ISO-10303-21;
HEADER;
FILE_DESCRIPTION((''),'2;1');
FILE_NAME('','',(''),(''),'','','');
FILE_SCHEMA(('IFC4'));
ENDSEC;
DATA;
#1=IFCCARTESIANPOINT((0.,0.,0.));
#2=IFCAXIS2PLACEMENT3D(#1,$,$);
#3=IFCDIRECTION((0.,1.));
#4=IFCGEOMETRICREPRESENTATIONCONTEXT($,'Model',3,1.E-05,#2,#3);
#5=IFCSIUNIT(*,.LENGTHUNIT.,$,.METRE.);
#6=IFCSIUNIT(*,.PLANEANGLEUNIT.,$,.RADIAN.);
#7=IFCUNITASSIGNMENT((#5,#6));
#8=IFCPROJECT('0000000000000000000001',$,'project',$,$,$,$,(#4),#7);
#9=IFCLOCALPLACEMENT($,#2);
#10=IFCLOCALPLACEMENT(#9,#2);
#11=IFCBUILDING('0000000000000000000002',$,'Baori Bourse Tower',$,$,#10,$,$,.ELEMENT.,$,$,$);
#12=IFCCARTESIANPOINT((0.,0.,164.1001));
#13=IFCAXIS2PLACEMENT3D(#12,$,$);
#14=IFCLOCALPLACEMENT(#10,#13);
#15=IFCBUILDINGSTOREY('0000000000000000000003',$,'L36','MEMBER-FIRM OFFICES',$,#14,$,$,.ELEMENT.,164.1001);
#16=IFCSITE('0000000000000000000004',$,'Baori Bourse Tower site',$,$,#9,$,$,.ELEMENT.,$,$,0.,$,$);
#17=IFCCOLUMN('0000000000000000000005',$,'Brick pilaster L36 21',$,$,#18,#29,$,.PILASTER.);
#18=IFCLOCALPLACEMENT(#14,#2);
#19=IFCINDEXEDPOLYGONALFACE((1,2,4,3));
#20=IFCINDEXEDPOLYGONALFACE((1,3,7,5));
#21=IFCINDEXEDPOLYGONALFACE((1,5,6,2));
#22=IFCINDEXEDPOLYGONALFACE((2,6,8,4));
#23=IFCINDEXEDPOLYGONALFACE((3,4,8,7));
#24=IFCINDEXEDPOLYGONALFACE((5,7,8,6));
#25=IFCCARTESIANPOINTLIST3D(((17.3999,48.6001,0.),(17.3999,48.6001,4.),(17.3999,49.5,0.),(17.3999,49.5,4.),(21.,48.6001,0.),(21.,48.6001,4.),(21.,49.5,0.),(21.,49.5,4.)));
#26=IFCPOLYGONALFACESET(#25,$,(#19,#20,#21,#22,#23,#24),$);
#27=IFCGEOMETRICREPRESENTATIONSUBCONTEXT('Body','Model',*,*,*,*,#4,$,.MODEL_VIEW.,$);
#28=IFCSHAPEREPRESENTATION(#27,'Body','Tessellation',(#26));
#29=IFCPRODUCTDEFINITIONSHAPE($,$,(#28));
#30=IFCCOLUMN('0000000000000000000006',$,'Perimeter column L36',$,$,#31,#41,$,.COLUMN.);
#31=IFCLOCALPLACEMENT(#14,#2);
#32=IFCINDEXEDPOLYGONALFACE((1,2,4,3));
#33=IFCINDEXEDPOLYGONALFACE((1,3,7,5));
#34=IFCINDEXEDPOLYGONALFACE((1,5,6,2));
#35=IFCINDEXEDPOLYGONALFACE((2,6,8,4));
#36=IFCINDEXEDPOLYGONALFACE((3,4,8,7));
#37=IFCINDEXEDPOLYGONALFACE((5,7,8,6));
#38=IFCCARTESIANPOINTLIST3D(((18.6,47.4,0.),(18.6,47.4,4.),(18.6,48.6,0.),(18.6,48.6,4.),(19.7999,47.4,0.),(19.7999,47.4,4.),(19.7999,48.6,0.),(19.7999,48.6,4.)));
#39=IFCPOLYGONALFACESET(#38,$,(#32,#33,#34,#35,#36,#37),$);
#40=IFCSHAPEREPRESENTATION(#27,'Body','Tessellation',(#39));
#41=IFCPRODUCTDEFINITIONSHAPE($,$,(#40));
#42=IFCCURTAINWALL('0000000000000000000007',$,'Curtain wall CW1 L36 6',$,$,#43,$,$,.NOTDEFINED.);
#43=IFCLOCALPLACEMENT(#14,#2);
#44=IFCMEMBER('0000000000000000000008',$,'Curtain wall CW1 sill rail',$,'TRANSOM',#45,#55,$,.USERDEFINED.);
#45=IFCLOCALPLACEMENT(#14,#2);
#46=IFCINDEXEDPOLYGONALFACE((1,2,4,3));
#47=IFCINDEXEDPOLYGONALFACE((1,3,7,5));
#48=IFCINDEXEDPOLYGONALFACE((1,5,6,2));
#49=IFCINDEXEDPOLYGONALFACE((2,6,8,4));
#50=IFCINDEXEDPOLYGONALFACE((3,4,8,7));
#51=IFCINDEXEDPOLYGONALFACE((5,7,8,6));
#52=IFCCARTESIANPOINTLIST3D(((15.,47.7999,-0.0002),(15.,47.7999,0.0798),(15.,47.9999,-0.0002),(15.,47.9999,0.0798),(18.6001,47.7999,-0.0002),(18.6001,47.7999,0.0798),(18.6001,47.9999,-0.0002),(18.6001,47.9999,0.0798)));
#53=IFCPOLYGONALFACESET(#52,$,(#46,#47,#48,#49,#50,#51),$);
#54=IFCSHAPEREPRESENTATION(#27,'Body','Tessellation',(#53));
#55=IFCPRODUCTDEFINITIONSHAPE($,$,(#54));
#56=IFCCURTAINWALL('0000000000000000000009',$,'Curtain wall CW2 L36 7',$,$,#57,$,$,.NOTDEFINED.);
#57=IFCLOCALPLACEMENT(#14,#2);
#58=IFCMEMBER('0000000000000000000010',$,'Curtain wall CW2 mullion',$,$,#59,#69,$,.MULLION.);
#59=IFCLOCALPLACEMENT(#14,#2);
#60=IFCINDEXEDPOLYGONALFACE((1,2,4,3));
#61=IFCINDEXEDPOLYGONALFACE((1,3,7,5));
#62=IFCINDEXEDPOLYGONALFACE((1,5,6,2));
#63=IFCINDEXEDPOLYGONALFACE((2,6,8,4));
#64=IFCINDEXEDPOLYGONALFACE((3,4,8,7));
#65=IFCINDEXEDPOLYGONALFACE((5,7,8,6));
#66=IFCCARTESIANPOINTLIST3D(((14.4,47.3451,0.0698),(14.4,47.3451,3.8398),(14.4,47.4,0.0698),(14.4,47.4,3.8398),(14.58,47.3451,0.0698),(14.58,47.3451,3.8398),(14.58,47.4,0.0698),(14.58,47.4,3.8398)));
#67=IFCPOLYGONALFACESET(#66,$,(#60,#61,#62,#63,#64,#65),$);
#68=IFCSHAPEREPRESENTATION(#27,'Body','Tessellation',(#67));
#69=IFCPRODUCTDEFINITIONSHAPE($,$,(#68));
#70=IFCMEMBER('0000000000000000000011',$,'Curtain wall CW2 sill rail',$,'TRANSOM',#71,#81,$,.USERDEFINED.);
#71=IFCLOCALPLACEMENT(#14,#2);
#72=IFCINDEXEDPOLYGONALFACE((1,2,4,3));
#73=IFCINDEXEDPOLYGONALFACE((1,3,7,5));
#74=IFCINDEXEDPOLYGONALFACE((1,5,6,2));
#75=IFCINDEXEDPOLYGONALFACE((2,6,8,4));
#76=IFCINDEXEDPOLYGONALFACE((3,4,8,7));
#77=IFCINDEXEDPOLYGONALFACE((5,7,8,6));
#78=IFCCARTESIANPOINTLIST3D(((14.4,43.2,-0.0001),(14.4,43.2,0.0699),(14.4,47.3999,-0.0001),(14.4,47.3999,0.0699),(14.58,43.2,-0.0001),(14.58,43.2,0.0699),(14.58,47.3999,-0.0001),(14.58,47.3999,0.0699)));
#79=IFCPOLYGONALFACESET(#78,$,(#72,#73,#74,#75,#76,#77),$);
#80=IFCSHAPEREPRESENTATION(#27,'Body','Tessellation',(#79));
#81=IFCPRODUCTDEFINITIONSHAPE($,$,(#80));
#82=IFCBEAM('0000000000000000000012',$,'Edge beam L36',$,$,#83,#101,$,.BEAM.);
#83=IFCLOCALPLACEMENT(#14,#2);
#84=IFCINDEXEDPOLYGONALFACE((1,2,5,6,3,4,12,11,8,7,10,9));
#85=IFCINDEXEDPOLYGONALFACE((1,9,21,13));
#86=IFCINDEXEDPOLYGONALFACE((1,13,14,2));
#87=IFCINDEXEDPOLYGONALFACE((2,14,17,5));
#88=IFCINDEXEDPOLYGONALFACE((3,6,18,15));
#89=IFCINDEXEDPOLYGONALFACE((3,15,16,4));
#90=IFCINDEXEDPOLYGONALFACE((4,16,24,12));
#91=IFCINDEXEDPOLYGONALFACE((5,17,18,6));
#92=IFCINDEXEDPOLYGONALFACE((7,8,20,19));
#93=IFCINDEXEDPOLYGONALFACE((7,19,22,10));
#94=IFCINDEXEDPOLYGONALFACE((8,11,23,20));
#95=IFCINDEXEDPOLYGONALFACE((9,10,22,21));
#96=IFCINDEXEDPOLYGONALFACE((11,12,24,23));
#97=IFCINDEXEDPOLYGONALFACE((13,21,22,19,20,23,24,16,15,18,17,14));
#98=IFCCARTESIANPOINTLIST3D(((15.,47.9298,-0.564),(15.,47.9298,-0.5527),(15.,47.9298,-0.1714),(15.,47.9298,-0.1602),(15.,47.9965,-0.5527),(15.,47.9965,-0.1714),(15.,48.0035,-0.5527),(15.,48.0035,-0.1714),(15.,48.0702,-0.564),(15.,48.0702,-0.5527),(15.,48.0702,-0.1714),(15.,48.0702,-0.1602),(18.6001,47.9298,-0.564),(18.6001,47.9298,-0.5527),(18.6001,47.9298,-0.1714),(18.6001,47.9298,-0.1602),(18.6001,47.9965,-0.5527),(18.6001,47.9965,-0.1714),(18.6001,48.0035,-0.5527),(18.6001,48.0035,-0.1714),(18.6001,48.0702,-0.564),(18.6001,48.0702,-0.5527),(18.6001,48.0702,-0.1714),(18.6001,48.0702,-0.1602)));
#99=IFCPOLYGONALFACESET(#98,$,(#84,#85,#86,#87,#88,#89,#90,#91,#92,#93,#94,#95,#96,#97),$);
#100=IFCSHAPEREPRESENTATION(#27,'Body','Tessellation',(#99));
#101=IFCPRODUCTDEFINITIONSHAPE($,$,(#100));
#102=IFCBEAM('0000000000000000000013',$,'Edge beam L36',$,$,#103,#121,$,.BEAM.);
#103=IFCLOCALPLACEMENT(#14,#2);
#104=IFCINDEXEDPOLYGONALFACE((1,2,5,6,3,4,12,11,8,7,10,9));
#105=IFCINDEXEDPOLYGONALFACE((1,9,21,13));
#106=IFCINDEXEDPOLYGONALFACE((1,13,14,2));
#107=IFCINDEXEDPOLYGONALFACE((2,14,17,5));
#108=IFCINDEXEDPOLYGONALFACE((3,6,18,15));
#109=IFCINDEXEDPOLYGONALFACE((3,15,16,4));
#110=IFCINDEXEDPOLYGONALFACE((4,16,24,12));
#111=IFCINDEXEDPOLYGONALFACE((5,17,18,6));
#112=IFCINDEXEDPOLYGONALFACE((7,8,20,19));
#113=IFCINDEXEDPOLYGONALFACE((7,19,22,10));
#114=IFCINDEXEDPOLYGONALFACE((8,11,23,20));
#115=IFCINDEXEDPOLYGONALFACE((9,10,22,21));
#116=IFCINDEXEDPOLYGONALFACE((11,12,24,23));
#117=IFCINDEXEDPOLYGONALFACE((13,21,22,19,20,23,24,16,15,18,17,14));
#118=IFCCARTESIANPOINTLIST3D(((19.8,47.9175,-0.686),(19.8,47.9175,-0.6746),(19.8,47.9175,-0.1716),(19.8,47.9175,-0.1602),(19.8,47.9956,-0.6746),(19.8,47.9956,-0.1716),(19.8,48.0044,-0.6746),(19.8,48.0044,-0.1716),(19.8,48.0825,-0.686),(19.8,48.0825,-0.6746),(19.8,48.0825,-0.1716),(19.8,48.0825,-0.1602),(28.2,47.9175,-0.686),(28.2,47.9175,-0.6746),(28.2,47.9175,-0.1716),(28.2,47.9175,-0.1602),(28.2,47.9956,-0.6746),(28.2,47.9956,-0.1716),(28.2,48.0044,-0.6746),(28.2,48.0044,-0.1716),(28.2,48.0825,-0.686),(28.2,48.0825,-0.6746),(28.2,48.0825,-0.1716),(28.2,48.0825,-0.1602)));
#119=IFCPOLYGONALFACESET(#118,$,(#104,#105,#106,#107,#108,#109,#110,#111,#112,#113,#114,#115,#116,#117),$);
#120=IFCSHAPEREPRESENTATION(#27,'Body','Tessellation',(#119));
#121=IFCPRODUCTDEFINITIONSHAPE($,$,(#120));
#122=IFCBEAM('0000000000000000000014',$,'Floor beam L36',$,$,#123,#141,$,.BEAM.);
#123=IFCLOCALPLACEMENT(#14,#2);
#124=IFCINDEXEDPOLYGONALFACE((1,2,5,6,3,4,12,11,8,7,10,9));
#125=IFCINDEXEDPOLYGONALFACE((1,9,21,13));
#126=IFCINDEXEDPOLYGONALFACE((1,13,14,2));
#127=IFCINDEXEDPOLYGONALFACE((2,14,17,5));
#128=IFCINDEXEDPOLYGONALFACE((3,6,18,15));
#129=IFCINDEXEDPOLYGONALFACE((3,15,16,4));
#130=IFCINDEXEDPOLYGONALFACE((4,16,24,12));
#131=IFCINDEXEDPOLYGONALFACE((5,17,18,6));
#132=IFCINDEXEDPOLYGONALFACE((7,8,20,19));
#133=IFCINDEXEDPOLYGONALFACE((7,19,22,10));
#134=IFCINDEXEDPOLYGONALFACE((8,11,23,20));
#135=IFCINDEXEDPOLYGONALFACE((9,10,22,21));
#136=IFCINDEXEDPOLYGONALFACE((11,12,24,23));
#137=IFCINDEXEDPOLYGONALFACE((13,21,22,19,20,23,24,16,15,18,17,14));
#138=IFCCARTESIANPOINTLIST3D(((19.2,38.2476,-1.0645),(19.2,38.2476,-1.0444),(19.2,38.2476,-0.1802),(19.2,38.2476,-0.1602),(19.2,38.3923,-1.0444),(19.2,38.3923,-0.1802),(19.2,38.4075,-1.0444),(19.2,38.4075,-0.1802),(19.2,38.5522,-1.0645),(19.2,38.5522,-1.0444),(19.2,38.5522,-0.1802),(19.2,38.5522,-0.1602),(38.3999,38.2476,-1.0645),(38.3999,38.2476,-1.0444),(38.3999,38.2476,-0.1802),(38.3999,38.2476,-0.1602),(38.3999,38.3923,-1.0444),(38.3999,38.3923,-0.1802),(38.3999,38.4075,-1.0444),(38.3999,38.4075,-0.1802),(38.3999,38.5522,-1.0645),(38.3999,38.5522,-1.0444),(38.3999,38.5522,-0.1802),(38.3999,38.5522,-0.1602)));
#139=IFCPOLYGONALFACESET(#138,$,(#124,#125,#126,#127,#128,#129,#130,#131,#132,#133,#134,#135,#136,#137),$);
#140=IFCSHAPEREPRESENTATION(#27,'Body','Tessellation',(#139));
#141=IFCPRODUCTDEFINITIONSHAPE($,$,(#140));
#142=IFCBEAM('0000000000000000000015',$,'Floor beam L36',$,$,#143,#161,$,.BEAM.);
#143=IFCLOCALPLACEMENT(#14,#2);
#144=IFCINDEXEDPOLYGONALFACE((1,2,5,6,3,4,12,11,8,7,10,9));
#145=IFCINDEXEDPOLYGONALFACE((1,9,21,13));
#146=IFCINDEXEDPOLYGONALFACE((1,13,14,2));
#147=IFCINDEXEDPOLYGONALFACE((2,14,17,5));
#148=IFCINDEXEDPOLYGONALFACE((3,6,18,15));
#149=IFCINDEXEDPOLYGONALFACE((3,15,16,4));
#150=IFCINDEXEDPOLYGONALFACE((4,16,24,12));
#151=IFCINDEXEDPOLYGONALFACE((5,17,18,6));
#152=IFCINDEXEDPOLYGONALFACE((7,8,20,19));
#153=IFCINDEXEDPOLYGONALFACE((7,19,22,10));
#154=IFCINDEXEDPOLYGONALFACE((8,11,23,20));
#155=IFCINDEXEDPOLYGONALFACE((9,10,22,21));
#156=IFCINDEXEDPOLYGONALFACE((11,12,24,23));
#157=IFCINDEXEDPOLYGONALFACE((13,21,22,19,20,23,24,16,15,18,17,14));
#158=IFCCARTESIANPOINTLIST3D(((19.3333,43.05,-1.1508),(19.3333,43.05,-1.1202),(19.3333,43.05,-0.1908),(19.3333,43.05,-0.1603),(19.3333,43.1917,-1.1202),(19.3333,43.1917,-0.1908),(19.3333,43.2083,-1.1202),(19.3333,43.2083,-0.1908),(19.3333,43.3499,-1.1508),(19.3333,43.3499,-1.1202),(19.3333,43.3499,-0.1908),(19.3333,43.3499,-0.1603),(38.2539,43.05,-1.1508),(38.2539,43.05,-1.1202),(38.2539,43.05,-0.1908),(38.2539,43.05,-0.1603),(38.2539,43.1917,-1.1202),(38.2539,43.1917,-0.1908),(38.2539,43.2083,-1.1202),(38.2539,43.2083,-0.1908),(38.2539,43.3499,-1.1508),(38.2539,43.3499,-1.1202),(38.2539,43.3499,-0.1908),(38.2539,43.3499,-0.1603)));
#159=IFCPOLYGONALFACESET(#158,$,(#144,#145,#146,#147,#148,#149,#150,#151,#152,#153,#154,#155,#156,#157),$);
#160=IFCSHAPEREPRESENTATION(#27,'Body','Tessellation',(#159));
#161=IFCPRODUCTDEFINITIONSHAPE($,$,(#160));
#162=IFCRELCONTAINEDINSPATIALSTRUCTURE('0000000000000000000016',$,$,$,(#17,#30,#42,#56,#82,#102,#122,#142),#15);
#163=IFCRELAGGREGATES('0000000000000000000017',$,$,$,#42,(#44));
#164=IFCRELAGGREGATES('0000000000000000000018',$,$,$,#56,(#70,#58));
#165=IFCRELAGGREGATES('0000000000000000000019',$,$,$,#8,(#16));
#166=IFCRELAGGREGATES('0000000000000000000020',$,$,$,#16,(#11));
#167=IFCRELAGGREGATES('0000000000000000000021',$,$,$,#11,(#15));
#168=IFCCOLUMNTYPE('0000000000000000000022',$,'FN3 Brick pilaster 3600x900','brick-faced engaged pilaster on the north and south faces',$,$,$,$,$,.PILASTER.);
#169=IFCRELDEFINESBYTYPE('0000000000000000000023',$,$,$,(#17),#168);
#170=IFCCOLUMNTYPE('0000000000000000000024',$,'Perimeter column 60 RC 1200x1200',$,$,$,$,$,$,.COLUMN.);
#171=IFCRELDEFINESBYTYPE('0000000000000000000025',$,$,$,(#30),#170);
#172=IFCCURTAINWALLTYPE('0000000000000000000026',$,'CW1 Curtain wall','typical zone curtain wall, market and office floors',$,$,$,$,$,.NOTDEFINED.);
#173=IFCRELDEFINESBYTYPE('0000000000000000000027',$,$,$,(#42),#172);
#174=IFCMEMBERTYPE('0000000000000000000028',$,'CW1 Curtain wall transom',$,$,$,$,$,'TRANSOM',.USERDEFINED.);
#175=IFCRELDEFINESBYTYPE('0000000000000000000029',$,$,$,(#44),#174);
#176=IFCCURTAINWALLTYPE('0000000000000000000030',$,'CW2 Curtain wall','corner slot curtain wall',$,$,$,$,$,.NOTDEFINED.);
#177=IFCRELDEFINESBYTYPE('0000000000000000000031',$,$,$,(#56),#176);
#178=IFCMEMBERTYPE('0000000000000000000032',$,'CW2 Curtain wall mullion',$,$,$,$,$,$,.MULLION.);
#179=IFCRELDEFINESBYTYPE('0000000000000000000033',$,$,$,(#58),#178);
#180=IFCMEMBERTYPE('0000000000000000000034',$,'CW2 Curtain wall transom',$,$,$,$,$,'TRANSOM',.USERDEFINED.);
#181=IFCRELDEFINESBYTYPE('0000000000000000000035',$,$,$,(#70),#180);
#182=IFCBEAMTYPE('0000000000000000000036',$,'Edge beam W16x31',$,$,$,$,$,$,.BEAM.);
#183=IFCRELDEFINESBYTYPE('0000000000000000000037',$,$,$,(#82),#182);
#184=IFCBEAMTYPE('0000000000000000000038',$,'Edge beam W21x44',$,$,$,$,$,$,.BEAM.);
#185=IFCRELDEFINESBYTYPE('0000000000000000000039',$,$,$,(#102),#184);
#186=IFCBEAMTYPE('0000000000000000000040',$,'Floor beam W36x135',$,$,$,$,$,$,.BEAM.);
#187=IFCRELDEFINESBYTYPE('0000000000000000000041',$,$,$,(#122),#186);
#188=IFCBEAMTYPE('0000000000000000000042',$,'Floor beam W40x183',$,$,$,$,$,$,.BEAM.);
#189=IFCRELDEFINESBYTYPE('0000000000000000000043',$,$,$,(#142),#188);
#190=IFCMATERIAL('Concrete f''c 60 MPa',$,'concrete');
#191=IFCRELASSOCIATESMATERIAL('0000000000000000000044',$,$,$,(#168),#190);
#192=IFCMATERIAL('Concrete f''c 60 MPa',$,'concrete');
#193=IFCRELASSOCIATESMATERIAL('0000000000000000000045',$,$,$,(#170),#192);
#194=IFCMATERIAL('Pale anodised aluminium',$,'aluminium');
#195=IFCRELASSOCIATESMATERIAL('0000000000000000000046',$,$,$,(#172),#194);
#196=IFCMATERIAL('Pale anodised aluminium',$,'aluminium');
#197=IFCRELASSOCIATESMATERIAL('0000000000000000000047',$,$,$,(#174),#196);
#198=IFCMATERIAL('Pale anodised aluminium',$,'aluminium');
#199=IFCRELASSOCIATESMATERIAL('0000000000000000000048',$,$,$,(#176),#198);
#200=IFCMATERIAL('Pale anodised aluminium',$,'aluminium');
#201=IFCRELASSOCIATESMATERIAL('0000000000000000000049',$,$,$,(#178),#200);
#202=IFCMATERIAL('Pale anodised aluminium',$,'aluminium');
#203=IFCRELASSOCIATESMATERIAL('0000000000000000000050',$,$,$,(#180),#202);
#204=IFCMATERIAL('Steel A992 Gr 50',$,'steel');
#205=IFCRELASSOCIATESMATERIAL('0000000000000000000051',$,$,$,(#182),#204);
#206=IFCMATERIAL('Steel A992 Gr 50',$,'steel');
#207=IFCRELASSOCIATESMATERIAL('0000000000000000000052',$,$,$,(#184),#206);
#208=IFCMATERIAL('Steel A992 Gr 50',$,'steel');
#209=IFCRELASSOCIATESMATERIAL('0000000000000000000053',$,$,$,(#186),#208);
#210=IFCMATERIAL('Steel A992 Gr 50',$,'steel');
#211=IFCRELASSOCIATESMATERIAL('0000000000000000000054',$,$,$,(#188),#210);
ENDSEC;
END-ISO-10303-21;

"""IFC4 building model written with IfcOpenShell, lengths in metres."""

from ifc_helpers import new_model, si_unit, direction, frame, origin, origin_2d, place, context, subcontext, project, spatial, rectangle, i_section, extrude, material, material_profile, profile_set, type_object, element, aggregate, save


model = new_model("IFC4")

# Units and contexts
model_context = context("Model", 3, precision=1e-05, world=origin(), true_north=direction((0.0, 1.0)))
body_context = subcontext(model_context, "Body", "Model", "MODEL_VIEW")
ifc_project = project(units=[si_unit("LENGTHUNIT", "METRE"), si_unit("PLANEANGLEUNIT", "RADIAN")], contexts=[model_context])

# Site, building, storey
site_placement = place(None, origin())
site = spatial("IfcSite", under=ifc_project, at=site_placement, Name="Baori Bourse Tower site", CompositionType="ELEMENT", RefElevation=0.0)
building_placement = place(site_placement, origin())
building = spatial("IfcBuilding", under=site, at=building_placement, Name="Baori Bourse Tower", CompositionType="ELEMENT")
storey_placement = place(building_placement, frame((0.0, 0.0, 164.1001)))
storey = spatial("IfcBuildingStorey", under=building, at=storey_placement, Name="L36", Description="MEMBER-FIRM OFFICES", CompositionType="ELEMENT", Elevation=164.1001)

# Columns
ifc_material_1 = material(Name="Concrete f'c 60 MPa", Category="concrete")
ifc_material_profile_1 = material_profile(ifc_material_1, rectangle(XDim=3.6001, YDim=0.8999, at=origin_2d()), Name="RC 3600x900")
ifc_profile_set_1 = profile_set([ifc_material_profile_1], Name="Concrete f'c 60 MPa")
column_type_1 = type_object("IfcColumnType", Name="FN3 Brick pilaster 3600x900", Description="brick-faced engaged pilaster on the north and south faces", PredefinedType="PILASTER", material=ifc_profile_set_1)
column_1_placement = place(storey_placement, frame((19.2, 49.05, 0.0), z_axis=(0.0, 0.0, 1.0), x_axis=(1.0, 0.0, 0.0)))
element("IfcColumn", 1, at=column_1_placement, inside=storey, type_object=column_type_1, Name="Brick pilaster L36 21", PredefinedType="PILASTER", context=body_context, shape_type="SweptSolid", body=[
    extrude(rectangle(XDim=3.6001, YDim=0.8999, at=origin_2d()), origin(), (0.0, 0.0, 1.0), 4.0),
])
ifc_material_2 = material(Name="Concrete f'c 60 MPa", Category="concrete")
ifc_material_profile_2 = material_profile(ifc_material_2, rectangle(XDim=1.2, YDim=1.2, at=origin_2d()), Name="RC 1200x1200")
ifc_profile_set_2 = profile_set([ifc_material_profile_2], Name="Concrete f'c 60 MPa")
column_type_2 = type_object("IfcColumnType", Name="Perimeter column 60 RC 1200x1200", PredefinedType="COLUMN", material=ifc_profile_set_2)
column_2_placement = place(storey_placement, frame((19.2, 48.0, 0.0), z_axis=(0.0, 0.0, 1.0), x_axis=(1.0, 0.0, 0.0)))
element("IfcColumn", 2, at=column_2_placement, inside=storey, type_object=column_type_2, Name="Perimeter column L36", PredefinedType="COLUMN", context=body_context, shape_type="SweptSolid", body=[
    extrude(rectangle(XDim=1.2, YDim=1.2, at=origin_2d()), origin(), (0.0, 0.0, 1.0), 4.0),
])

# Curtain wall, member
ifc_material_3 = material(Name="Pale anodised aluminium", Category="aluminium")
curtain_wall_type_1 = type_object("IfcCurtainWallType", Name="CW1 Curtain wall", Description="typical zone curtain wall, market and office floors", PredefinedType="NOTDEFINED", material=ifc_material_3)
curtain_wall_1_placement = place(storey_placement, origin())
curtain_wall_1 = element("IfcCurtainWall", 3, at=curtain_wall_1_placement, inside=storey, type_object=curtain_wall_type_1, Name="Curtain wall CW1 L36 6", PredefinedType="NOTDEFINED")
ifc_material_4 = material(Name="Pale anodised aluminium", Category="aluminium")
ifc_material_profile_3 = material_profile(ifc_material_4, rectangle(XDim=0.2, YDim=0.0801, at=origin_2d()), Name="Transom 80x200")
ifc_profile_set_3 = profile_set([ifc_material_profile_3], Name="Pale anodised aluminium")
member_type_1 = type_object("IfcMemberType", Name="CW1 Curtain wall transom", ElementType="TRANSOM", PredefinedType="USERDEFINED", material=ifc_profile_set_3)
member_1_placement = place(storey_placement, frame((18.6001, 47.8999, 0.0398), z_axis=(-1.0, 0.0, 0.0), x_axis=(0.0, -1.0, 0.0)))
member_1 = element("IfcMember", 4, at=member_1_placement, type_object=member_type_1, Name="Curtain wall CW1 sill rail", ObjectType="TRANSOM", PredefinedType="USERDEFINED", context=body_context, shape_type="SweptSolid", body=[
    extrude(rectangle(XDim=0.2, YDim=0.0801, at=origin_2d()), origin(), (0.0, 0.0, 1.0), 3.6001),
])

# Curtain wall, members
ifc_material_5 = material(Name="Pale anodised aluminium", Category="aluminium")
curtain_wall_type_2 = type_object("IfcCurtainWallType", Name="CW2 Curtain wall", Description="corner slot curtain wall", PredefinedType="NOTDEFINED", material=ifc_material_5)
curtain_wall_2_placement = place(storey_placement, origin())
curtain_wall_2 = element("IfcCurtainWall", 5, at=curtain_wall_2_placement, inside=storey, type_object=curtain_wall_type_2, Name="Curtain wall CW2 L36 7", PredefinedType="NOTDEFINED")
ifc_material_6 = material(Name="Pale anodised aluminium", Category="aluminium")
ifc_material_profile_4 = material_profile(ifc_material_6, rectangle(XDim=0.1799, YDim=0.0549, at=origin_2d()), Name="Mullion 55x180")
ifc_profile_set_4 = profile_set([ifc_material_profile_4], Name="Pale anodised aluminium")
member_type_2 = type_object("IfcMemberType", Name="CW2 Curtain wall mullion", PredefinedType="MULLION", material=ifc_profile_set_4)
member_2_placement = place(storey_placement, frame((14.49, 47.3726, 0.0698), z_axis=(0.0, 0.0, 1.0), x_axis=(1.0, 0.0, 0.0)))
member_2 = element("IfcMember", 6, at=member_2_placement, type_object=member_type_2, Name="Curtain wall CW2 mullion", PredefinedType="MULLION", context=body_context, shape_type="SweptSolid", body=[
    extrude(rectangle(XDim=0.1799, YDim=0.0549, at=origin_2d()), origin(), (0.0, 0.0, 1.0), 3.77),
])
ifc_material_7 = material(Name="Pale anodised aluminium", Category="aluminium")
ifc_material_profile_5 = material_profile(ifc_material_7, rectangle(XDim=0.1799, YDim=0.0701, at=origin_2d()), Name="Transom 70x180")
ifc_profile_set_5 = profile_set([ifc_material_profile_5], Name="Pale anodised aluminium")
member_type_3 = type_object("IfcMemberType", Name="CW2 Curtain wall transom", ElementType="TRANSOM", PredefinedType="USERDEFINED", material=ifc_profile_set_5)
member_3_placement = place(storey_placement, frame((14.49, 47.3999, 0.0349), z_axis=(0.0, -1.0, 0.0), x_axis=(1.0, 0.0, 0.0)))
member_3 = element("IfcMember", 7, at=member_3_placement, type_object=member_type_3, Name="Curtain wall CW2 sill rail", ObjectType="TRANSOM", PredefinedType="USERDEFINED", context=body_context, shape_type="SweptSolid", body=[
    extrude(rectangle(XDim=0.1799, YDim=0.0701, at=origin_2d()), origin(), (0.0, 0.0, 1.0), 4.2),
])

# Beams
ifc_material_8 = material(Name="Steel A992 Gr 50", Category="steel")
ifc_material_profile_6 = material_profile(ifc_material_8, i_section(OverallWidth=0.1404, OverallDepth=0.4038, WebThickness=0.0071, FlangeThickness=0.0112, at=origin_2d()), Name="W16x31")
ifc_profile_set_6 = profile_set([ifc_material_profile_6], Name="Steel A992 Gr 50")
beam_type_1 = type_object("IfcBeamType", Name="Edge beam W16x31", PredefinedType="BEAM", material=ifc_profile_set_6)
beam_1_placement = place(storey_placement, frame((15.0, 48.0, -0.3621), z_axis=(1.0, 0.0, 0.0), x_axis=(0.0, 1.0, 0.0)))
element("IfcBeam", 8, at=beam_1_placement, inside=storey, type_object=beam_type_1, Name="Edge beam L36", PredefinedType="BEAM", context=body_context, shape_type="SweptSolid", body=[
    extrude(i_section(OverallWidth=0.1404, OverallDepth=0.4038, WebThickness=0.0071, FlangeThickness=0.0112, at=origin_2d()), origin(), (0.0, 0.0, 1.0), 3.6001),
])
ifc_material_9 = material(Name="Steel A992 Gr 50", Category="steel")
ifc_material_profile_7 = material_profile(ifc_material_9, i_section(OverallWidth=0.165, OverallDepth=0.5259, WebThickness=0.0088, FlangeThickness=0.0115, at=origin_2d()), Name="W21x44")
ifc_profile_set_7 = profile_set([ifc_material_profile_7], Name="Steel A992 Gr 50")
beam_type_2 = type_object("IfcBeamType", Name="Edge beam W21x44", PredefinedType="BEAM", material=ifc_profile_set_7)
beam_2_placement = place(storey_placement, frame((19.8, 48.0, -0.4231), z_axis=(1.0, 0.0, 0.0), x_axis=(0.0, 1.0, 0.0)))
element("IfcBeam", 9, at=beam_2_placement, inside=storey, type_object=beam_type_2, Name="Edge beam L36", PredefinedType="BEAM", context=body_context, shape_type="SweptSolid", body=[
    extrude(i_section(OverallWidth=0.165, OverallDepth=0.5259, WebThickness=0.0088, FlangeThickness=0.0115, at=origin_2d()), origin(), (0.0, 0.0, 1.0), 8.3999),
])
ifc_material_10 = material(Name="Steel A992 Gr 50", Category="steel")
ifc_material_profile_8 = material_profile(ifc_material_10, i_section(OverallWidth=0.3047, OverallDepth=0.9043, WebThickness=0.0151, FlangeThickness=0.02, at=origin_2d()), Name="W36x135")
ifc_profile_set_8 = profile_set([ifc_material_profile_8], Name="Steel A992 Gr 50")
beam_type_3 = type_object("IfcBeamType", Name="Floor beam W36x135", PredefinedType="BEAM", material=ifc_profile_set_8)
beam_3_placement = place(storey_placement, frame((19.2, 38.3999, -0.6123), z_axis=(1.0, 0.0, 0.0), x_axis=(0.0, 1.0, 0.0)))
element("IfcBeam", 10, at=beam_3_placement, inside=storey, type_object=beam_type_3, Name="Floor beam L36", PredefinedType="BEAM", context=body_context, shape_type="SweptSolid", body=[
    extrude(i_section(OverallWidth=0.3047, OverallDepth=0.9043, WebThickness=0.0151, FlangeThickness=0.02, at=origin_2d()), origin(), (0.0, 0.0, 1.0), 19.2),
])
ifc_material_11 = material(Name="Steel A992 Gr 50", Category="steel")
ifc_material_profile_9 = material_profile(ifc_material_11, i_section(OverallWidth=0.2998, OverallDepth=0.9905, WebThickness=0.0166, FlangeThickness=0.0305, at=origin_2d()), Name="W40x183")
ifc_profile_set_9 = profile_set([ifc_material_profile_9], Name="Steel A992 Gr 50")
beam_type_4 = type_object("IfcBeamType", Name="Floor beam W40x183", PredefinedType="BEAM", material=ifc_profile_set_9)
beam_4_placement = place(storey_placement, frame((19.3333, 43.2, -0.6555), z_axis=(1.0, 0.0, 0.0), x_axis=(0.0, 1.0, 0.0)))
element("IfcBeam", 11, at=beam_4_placement, inside=storey, type_object=beam_type_4, Name="Floor beam L36", PredefinedType="BEAM", context=body_context, shape_type="SweptSolid", body=[
    extrude(i_section(OverallWidth=0.2998, OverallDepth=0.9905, WebThickness=0.0166, FlangeThickness=0.0305, at=origin_2d()), origin(), (0.0, 0.0, 1.0), 18.9207),
])

aggregate(curtain_wall_1, [member_1])
aggregate(curtain_wall_2, [member_3, member_2])

save(model, "model.ifc")
